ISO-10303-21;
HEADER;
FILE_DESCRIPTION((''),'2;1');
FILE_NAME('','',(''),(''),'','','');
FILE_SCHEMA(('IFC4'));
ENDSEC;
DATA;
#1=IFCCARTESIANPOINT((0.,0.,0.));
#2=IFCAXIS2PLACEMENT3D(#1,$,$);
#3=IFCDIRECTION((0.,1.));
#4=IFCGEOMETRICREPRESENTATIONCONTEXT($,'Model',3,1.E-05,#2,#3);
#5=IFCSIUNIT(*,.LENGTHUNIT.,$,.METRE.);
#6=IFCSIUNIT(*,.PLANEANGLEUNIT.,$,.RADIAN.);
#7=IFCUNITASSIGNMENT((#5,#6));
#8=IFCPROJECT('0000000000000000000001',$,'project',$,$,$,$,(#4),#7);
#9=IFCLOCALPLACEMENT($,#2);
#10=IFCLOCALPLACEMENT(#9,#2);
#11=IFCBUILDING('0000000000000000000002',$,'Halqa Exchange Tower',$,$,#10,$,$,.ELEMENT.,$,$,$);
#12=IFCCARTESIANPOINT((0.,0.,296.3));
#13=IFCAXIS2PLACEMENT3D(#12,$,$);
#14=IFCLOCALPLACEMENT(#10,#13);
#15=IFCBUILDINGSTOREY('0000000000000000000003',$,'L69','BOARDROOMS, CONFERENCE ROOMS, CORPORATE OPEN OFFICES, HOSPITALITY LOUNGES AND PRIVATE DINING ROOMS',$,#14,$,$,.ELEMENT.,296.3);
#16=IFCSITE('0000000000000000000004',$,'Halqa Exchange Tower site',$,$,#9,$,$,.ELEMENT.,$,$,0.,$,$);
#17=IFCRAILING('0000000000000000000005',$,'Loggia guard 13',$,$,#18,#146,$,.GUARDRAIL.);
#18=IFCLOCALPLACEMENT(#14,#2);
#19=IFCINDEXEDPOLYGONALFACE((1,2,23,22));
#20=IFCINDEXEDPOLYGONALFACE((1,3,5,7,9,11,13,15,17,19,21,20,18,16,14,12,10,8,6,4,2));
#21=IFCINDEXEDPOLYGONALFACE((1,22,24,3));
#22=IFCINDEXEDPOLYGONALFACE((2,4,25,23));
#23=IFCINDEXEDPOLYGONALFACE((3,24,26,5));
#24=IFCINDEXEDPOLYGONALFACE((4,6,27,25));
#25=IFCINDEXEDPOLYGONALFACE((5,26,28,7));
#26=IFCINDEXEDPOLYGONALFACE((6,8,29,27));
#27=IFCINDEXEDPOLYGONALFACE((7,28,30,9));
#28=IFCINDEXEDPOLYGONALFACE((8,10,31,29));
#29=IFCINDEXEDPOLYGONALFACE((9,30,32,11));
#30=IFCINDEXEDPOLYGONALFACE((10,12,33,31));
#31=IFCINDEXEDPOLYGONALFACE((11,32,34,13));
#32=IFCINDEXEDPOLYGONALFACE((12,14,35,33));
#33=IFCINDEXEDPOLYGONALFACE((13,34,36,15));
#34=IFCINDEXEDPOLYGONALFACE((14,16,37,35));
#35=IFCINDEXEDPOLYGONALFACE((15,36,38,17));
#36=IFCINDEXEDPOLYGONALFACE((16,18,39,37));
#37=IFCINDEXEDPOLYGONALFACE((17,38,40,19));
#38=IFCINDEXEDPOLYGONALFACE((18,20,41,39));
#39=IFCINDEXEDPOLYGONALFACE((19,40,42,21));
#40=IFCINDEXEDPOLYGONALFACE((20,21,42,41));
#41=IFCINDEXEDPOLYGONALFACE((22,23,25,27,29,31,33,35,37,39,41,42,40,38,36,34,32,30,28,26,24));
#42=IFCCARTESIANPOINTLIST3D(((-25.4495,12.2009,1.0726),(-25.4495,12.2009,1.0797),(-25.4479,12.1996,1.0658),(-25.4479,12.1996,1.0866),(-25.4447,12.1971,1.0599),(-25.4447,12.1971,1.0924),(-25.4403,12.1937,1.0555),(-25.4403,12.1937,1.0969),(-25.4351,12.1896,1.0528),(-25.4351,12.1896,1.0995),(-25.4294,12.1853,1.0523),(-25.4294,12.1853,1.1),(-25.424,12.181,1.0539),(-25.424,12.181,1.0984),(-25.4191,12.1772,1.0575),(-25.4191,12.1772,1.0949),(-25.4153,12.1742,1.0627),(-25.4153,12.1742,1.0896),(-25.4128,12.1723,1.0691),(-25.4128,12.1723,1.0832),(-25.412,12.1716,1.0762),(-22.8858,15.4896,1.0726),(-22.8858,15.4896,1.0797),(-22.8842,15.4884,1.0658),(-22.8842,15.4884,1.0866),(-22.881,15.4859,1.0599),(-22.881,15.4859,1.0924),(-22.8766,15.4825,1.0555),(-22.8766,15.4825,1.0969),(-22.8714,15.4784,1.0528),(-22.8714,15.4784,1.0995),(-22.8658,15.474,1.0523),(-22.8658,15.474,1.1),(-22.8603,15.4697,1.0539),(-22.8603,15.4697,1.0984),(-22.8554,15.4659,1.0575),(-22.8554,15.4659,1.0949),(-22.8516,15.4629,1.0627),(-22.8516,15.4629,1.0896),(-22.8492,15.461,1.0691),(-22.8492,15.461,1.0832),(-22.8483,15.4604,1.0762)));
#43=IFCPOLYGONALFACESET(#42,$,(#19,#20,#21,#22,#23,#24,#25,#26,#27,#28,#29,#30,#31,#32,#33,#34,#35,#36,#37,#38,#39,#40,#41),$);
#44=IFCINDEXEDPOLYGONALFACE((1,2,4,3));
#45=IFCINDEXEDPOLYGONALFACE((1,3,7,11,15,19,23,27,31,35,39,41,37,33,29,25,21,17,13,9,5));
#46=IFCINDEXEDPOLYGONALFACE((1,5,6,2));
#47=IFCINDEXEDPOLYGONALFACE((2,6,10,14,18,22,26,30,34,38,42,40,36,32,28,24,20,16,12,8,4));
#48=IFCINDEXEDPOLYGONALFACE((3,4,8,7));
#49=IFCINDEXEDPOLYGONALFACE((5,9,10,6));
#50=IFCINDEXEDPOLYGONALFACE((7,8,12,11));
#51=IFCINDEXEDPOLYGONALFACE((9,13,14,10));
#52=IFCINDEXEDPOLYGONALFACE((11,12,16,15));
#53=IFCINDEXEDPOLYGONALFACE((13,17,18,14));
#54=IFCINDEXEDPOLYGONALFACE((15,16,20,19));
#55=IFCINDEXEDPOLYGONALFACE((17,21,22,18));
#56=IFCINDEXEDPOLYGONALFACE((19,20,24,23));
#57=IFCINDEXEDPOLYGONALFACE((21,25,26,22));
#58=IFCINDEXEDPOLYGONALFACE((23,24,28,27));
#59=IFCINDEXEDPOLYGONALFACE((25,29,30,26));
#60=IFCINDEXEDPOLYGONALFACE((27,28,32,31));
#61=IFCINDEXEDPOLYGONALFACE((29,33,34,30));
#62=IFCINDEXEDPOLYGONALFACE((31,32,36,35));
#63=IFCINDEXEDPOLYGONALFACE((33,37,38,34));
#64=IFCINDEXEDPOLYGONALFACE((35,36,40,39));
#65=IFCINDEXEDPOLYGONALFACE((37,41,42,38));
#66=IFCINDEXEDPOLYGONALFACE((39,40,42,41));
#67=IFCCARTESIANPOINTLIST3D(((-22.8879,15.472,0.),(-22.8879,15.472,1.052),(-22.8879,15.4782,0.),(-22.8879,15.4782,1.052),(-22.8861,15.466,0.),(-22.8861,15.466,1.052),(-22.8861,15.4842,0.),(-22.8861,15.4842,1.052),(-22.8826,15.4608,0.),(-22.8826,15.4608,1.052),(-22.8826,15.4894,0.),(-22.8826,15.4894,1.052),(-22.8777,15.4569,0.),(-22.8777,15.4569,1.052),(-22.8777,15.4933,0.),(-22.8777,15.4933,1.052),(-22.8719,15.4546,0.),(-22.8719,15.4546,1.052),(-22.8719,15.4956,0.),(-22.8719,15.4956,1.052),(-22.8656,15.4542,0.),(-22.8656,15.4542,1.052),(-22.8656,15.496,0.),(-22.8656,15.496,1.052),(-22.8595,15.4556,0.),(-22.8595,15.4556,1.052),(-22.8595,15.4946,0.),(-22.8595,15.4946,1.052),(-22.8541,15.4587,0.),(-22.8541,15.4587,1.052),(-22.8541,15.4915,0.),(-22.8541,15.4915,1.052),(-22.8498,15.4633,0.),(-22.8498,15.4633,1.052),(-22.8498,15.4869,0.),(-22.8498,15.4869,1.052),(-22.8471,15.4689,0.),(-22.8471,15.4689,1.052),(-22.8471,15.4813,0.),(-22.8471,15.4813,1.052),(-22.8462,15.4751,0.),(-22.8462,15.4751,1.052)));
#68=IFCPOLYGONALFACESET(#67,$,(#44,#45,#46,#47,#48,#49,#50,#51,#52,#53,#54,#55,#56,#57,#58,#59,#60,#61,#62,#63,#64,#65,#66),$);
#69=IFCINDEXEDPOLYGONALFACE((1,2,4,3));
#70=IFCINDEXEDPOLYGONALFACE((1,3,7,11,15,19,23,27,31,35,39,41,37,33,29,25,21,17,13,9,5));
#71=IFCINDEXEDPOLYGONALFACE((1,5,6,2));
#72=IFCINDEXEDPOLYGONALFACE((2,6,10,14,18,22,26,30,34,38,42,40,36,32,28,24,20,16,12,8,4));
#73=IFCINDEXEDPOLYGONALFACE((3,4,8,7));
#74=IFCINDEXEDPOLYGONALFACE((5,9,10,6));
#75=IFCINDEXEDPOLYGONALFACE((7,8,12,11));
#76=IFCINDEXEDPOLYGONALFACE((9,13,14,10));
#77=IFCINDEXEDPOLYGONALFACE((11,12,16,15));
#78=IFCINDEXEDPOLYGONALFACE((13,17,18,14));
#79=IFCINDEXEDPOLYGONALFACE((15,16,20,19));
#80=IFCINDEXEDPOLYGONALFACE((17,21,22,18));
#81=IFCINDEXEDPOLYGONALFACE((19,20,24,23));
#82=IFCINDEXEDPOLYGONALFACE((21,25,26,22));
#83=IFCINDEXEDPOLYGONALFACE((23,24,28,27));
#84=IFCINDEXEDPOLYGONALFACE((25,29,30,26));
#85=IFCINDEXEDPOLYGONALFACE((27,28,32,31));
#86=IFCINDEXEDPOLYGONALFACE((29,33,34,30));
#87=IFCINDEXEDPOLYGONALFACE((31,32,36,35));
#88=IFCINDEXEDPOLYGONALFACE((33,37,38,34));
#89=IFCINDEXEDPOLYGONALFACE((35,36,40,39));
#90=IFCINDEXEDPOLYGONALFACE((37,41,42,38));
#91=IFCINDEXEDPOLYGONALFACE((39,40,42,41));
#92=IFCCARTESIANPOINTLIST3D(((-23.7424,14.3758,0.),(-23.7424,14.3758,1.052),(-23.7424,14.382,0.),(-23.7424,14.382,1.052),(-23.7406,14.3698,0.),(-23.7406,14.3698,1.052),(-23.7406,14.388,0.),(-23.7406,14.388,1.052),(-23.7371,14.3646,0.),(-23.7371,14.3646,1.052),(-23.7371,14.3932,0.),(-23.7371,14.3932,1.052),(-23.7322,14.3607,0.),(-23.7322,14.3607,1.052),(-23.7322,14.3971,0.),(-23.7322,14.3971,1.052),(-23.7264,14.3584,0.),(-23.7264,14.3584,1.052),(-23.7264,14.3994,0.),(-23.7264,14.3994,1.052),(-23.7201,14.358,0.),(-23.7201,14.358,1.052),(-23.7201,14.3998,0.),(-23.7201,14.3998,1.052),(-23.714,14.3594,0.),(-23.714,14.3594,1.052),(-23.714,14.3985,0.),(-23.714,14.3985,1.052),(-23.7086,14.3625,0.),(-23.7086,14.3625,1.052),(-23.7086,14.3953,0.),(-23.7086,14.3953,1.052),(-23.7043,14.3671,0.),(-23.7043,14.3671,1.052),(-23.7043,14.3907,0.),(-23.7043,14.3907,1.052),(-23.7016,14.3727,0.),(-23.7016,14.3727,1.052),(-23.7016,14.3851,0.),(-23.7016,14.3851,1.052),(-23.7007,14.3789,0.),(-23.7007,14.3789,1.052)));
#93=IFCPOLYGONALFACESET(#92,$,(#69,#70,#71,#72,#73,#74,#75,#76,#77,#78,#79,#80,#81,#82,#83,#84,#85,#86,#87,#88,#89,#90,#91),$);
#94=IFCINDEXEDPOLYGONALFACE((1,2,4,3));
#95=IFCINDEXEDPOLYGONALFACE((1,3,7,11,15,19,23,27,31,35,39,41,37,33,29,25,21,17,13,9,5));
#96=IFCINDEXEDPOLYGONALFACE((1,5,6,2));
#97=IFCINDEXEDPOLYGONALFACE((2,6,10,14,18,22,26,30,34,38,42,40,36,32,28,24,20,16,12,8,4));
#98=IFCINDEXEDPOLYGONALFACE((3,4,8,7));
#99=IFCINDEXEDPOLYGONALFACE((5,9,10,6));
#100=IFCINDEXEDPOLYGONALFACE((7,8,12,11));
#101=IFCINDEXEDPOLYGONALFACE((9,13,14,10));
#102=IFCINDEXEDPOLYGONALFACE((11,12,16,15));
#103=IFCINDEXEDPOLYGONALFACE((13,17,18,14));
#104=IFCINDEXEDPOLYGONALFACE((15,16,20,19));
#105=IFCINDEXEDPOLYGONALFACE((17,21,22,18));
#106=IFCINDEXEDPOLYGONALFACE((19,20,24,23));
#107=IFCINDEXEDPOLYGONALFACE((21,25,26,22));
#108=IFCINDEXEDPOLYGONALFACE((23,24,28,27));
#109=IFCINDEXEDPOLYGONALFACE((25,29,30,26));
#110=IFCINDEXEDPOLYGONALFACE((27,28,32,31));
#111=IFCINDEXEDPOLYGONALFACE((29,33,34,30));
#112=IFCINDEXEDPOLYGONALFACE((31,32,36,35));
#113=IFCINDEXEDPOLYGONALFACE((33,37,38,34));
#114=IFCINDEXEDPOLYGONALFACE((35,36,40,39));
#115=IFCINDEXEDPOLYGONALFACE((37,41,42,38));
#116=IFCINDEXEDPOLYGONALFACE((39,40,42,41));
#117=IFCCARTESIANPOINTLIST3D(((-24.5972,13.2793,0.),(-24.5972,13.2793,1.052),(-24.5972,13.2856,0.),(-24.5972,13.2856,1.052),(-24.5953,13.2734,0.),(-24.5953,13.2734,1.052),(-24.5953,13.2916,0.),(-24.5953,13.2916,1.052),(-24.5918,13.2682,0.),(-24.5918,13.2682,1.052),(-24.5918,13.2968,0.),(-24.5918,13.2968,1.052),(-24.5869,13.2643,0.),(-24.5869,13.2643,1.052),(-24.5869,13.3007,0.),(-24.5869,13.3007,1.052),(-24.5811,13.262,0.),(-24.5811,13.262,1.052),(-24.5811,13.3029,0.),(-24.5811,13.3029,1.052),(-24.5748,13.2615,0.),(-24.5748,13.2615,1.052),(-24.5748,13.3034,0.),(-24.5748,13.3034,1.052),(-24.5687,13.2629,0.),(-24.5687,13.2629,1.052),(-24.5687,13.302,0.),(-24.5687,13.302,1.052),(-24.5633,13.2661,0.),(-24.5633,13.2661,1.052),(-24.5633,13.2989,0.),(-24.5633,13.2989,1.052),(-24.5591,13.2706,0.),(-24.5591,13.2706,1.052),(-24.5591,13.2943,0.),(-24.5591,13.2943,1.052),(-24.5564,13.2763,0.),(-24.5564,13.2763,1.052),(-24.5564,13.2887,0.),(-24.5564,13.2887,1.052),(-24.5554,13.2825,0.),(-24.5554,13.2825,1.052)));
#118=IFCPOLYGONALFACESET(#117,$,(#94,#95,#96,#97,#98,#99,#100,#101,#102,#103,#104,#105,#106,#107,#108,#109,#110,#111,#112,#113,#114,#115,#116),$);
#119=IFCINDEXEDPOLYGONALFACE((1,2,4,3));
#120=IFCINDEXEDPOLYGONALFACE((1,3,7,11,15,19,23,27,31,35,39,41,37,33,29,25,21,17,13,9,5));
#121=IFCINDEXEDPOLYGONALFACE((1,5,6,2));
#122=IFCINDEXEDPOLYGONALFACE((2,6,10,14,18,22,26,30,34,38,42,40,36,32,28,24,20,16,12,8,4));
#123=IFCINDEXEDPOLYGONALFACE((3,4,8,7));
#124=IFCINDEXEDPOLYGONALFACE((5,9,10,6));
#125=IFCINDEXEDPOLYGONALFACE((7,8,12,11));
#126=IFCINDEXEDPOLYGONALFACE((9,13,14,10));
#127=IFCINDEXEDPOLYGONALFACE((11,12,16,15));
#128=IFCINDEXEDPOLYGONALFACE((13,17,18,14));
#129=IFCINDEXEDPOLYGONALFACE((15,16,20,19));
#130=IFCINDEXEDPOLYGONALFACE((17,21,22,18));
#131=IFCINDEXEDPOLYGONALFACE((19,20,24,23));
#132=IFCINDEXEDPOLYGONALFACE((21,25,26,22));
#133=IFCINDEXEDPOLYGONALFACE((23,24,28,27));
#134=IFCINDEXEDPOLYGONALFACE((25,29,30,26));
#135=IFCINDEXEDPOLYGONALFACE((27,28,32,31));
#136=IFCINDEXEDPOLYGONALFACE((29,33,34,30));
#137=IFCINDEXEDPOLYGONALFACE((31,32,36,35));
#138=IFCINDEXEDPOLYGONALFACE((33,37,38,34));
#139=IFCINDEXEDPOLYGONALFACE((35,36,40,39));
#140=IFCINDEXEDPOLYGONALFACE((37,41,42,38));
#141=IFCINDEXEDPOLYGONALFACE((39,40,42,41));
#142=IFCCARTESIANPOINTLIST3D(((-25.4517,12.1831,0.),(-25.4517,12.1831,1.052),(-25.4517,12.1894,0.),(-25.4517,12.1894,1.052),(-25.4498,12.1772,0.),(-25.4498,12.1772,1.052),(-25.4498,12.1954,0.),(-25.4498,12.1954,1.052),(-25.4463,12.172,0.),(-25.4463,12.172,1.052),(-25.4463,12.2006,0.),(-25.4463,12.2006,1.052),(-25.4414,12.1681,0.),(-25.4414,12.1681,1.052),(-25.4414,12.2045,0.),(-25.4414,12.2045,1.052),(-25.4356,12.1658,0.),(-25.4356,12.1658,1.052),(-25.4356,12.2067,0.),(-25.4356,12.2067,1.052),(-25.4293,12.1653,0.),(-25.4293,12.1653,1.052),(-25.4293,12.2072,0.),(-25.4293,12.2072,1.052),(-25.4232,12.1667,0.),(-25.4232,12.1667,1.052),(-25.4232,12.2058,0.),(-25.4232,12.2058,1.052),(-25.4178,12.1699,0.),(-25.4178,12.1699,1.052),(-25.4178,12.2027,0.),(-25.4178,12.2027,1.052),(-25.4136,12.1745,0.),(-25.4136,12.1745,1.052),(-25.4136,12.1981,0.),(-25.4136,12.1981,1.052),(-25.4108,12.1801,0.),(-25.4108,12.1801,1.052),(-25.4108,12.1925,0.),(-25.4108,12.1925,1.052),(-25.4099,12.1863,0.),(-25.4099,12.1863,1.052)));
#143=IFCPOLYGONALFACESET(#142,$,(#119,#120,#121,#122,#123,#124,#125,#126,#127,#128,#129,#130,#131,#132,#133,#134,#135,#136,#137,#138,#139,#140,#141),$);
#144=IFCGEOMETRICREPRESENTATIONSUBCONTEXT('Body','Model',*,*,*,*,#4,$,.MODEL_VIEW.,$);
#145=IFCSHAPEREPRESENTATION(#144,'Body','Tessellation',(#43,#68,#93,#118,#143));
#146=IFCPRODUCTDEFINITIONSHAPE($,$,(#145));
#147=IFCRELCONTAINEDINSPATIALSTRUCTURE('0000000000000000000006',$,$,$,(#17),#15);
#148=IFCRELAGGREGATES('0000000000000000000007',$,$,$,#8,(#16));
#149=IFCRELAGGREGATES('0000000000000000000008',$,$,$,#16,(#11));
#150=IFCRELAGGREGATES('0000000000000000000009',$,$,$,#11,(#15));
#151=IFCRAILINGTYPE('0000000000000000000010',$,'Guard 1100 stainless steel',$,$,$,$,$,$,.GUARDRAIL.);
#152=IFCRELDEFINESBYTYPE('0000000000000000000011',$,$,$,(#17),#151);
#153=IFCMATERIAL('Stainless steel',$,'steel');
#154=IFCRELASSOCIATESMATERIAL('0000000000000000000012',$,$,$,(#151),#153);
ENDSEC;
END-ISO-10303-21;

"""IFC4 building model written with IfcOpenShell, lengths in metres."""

from ifc_helpers import new_model, si_unit, direction, frame, origin, origin_2d, place, context, subcontext, project, spatial, circle, extrude, material, type_object, element, save


model = new_model("IFC4")

# Units and contexts
model_context = context("Model", 3, precision=1e-05, world=origin(), true_north=direction((0.0, 1.0)))
body_context = subcontext(model_context, "Body", "Model", "MODEL_VIEW")
ifc_project = project(units=[si_unit("LENGTHUNIT", "METRE"), si_unit("PLANEANGLEUNIT", "RADIAN")], contexts=[model_context])

# Site, building, storey
site_placement = place(None, origin())
site = spatial("IfcSite", under=ifc_project, at=site_placement, Name="Halqa Exchange Tower site", CompositionType="ELEMENT", RefElevation=0.0)
building_placement = place(site_placement, origin())
building = spatial("IfcBuilding", under=site, at=building_placement, Name="Halqa Exchange Tower", CompositionType="ELEMENT")
storey_placement = place(building_placement, frame((0.0, 0.0, 296.3)))
storey = spatial("IfcBuildingStorey", under=building, at=storey_placement, Name="L69", Description="BOARDROOMS, CONFERENCE ROOMS, CORPORATE OPEN OFFICES, HOSPITALITY LOUNGES AND PRIVATE DINING ROOMS", CompositionType="ELEMENT", Elevation=296.3)

# Railing
ifc_material_1 = material(Name="Stainless steel", Category="steel")
railing_type = type_object("IfcRailingType", Name="Guard 1100 stainless steel", PredefinedType="GUARDRAIL", material=ifc_material_1)
railing_1_placement = place(storey_placement, frame((-22.8672, 15.4751, 0.0)))
element("IfcRailing", 1, at=railing_1_placement, inside=storey, type_object=railing_type, Name="Loggia guard 13", PredefinedType="GUARDRAIL", context=body_context, shape_type="SweptSolid", body=[
    extrude(circle(Radius=0.0239, at=origin_2d()), frame((0.0, 0.0, 1.0762), z_axis=(-0.6148, -0.788683, 0.0), x_axis=(0.788683, -0.6148, 0.0)), (0.0, 0.0, 1.0), 4.1699),
    extrude(circle(Radius=0.021, at=origin_2d()), origin(), (0.0, 0.0, 1.0), 1.052),
    extrude(circle(Radius=0.021, at=origin_2d()), frame((-0.8545, -1.0962, 0.0)), (0.0, 0.0, 1.0), 1.052),
    extrude(circle(Radius=0.021, at=origin_2d()), frame((-1.7092, -2.1926, 0.0)), (0.0, 0.0, 1.0), 1.052),
    extrude(circle(Radius=0.021, at=origin_2d()), frame((-2.5637, -3.2888, 0.0)), (0.0, 0.0, 1.0), 1.052),
])

save(model, "model.ifc")
